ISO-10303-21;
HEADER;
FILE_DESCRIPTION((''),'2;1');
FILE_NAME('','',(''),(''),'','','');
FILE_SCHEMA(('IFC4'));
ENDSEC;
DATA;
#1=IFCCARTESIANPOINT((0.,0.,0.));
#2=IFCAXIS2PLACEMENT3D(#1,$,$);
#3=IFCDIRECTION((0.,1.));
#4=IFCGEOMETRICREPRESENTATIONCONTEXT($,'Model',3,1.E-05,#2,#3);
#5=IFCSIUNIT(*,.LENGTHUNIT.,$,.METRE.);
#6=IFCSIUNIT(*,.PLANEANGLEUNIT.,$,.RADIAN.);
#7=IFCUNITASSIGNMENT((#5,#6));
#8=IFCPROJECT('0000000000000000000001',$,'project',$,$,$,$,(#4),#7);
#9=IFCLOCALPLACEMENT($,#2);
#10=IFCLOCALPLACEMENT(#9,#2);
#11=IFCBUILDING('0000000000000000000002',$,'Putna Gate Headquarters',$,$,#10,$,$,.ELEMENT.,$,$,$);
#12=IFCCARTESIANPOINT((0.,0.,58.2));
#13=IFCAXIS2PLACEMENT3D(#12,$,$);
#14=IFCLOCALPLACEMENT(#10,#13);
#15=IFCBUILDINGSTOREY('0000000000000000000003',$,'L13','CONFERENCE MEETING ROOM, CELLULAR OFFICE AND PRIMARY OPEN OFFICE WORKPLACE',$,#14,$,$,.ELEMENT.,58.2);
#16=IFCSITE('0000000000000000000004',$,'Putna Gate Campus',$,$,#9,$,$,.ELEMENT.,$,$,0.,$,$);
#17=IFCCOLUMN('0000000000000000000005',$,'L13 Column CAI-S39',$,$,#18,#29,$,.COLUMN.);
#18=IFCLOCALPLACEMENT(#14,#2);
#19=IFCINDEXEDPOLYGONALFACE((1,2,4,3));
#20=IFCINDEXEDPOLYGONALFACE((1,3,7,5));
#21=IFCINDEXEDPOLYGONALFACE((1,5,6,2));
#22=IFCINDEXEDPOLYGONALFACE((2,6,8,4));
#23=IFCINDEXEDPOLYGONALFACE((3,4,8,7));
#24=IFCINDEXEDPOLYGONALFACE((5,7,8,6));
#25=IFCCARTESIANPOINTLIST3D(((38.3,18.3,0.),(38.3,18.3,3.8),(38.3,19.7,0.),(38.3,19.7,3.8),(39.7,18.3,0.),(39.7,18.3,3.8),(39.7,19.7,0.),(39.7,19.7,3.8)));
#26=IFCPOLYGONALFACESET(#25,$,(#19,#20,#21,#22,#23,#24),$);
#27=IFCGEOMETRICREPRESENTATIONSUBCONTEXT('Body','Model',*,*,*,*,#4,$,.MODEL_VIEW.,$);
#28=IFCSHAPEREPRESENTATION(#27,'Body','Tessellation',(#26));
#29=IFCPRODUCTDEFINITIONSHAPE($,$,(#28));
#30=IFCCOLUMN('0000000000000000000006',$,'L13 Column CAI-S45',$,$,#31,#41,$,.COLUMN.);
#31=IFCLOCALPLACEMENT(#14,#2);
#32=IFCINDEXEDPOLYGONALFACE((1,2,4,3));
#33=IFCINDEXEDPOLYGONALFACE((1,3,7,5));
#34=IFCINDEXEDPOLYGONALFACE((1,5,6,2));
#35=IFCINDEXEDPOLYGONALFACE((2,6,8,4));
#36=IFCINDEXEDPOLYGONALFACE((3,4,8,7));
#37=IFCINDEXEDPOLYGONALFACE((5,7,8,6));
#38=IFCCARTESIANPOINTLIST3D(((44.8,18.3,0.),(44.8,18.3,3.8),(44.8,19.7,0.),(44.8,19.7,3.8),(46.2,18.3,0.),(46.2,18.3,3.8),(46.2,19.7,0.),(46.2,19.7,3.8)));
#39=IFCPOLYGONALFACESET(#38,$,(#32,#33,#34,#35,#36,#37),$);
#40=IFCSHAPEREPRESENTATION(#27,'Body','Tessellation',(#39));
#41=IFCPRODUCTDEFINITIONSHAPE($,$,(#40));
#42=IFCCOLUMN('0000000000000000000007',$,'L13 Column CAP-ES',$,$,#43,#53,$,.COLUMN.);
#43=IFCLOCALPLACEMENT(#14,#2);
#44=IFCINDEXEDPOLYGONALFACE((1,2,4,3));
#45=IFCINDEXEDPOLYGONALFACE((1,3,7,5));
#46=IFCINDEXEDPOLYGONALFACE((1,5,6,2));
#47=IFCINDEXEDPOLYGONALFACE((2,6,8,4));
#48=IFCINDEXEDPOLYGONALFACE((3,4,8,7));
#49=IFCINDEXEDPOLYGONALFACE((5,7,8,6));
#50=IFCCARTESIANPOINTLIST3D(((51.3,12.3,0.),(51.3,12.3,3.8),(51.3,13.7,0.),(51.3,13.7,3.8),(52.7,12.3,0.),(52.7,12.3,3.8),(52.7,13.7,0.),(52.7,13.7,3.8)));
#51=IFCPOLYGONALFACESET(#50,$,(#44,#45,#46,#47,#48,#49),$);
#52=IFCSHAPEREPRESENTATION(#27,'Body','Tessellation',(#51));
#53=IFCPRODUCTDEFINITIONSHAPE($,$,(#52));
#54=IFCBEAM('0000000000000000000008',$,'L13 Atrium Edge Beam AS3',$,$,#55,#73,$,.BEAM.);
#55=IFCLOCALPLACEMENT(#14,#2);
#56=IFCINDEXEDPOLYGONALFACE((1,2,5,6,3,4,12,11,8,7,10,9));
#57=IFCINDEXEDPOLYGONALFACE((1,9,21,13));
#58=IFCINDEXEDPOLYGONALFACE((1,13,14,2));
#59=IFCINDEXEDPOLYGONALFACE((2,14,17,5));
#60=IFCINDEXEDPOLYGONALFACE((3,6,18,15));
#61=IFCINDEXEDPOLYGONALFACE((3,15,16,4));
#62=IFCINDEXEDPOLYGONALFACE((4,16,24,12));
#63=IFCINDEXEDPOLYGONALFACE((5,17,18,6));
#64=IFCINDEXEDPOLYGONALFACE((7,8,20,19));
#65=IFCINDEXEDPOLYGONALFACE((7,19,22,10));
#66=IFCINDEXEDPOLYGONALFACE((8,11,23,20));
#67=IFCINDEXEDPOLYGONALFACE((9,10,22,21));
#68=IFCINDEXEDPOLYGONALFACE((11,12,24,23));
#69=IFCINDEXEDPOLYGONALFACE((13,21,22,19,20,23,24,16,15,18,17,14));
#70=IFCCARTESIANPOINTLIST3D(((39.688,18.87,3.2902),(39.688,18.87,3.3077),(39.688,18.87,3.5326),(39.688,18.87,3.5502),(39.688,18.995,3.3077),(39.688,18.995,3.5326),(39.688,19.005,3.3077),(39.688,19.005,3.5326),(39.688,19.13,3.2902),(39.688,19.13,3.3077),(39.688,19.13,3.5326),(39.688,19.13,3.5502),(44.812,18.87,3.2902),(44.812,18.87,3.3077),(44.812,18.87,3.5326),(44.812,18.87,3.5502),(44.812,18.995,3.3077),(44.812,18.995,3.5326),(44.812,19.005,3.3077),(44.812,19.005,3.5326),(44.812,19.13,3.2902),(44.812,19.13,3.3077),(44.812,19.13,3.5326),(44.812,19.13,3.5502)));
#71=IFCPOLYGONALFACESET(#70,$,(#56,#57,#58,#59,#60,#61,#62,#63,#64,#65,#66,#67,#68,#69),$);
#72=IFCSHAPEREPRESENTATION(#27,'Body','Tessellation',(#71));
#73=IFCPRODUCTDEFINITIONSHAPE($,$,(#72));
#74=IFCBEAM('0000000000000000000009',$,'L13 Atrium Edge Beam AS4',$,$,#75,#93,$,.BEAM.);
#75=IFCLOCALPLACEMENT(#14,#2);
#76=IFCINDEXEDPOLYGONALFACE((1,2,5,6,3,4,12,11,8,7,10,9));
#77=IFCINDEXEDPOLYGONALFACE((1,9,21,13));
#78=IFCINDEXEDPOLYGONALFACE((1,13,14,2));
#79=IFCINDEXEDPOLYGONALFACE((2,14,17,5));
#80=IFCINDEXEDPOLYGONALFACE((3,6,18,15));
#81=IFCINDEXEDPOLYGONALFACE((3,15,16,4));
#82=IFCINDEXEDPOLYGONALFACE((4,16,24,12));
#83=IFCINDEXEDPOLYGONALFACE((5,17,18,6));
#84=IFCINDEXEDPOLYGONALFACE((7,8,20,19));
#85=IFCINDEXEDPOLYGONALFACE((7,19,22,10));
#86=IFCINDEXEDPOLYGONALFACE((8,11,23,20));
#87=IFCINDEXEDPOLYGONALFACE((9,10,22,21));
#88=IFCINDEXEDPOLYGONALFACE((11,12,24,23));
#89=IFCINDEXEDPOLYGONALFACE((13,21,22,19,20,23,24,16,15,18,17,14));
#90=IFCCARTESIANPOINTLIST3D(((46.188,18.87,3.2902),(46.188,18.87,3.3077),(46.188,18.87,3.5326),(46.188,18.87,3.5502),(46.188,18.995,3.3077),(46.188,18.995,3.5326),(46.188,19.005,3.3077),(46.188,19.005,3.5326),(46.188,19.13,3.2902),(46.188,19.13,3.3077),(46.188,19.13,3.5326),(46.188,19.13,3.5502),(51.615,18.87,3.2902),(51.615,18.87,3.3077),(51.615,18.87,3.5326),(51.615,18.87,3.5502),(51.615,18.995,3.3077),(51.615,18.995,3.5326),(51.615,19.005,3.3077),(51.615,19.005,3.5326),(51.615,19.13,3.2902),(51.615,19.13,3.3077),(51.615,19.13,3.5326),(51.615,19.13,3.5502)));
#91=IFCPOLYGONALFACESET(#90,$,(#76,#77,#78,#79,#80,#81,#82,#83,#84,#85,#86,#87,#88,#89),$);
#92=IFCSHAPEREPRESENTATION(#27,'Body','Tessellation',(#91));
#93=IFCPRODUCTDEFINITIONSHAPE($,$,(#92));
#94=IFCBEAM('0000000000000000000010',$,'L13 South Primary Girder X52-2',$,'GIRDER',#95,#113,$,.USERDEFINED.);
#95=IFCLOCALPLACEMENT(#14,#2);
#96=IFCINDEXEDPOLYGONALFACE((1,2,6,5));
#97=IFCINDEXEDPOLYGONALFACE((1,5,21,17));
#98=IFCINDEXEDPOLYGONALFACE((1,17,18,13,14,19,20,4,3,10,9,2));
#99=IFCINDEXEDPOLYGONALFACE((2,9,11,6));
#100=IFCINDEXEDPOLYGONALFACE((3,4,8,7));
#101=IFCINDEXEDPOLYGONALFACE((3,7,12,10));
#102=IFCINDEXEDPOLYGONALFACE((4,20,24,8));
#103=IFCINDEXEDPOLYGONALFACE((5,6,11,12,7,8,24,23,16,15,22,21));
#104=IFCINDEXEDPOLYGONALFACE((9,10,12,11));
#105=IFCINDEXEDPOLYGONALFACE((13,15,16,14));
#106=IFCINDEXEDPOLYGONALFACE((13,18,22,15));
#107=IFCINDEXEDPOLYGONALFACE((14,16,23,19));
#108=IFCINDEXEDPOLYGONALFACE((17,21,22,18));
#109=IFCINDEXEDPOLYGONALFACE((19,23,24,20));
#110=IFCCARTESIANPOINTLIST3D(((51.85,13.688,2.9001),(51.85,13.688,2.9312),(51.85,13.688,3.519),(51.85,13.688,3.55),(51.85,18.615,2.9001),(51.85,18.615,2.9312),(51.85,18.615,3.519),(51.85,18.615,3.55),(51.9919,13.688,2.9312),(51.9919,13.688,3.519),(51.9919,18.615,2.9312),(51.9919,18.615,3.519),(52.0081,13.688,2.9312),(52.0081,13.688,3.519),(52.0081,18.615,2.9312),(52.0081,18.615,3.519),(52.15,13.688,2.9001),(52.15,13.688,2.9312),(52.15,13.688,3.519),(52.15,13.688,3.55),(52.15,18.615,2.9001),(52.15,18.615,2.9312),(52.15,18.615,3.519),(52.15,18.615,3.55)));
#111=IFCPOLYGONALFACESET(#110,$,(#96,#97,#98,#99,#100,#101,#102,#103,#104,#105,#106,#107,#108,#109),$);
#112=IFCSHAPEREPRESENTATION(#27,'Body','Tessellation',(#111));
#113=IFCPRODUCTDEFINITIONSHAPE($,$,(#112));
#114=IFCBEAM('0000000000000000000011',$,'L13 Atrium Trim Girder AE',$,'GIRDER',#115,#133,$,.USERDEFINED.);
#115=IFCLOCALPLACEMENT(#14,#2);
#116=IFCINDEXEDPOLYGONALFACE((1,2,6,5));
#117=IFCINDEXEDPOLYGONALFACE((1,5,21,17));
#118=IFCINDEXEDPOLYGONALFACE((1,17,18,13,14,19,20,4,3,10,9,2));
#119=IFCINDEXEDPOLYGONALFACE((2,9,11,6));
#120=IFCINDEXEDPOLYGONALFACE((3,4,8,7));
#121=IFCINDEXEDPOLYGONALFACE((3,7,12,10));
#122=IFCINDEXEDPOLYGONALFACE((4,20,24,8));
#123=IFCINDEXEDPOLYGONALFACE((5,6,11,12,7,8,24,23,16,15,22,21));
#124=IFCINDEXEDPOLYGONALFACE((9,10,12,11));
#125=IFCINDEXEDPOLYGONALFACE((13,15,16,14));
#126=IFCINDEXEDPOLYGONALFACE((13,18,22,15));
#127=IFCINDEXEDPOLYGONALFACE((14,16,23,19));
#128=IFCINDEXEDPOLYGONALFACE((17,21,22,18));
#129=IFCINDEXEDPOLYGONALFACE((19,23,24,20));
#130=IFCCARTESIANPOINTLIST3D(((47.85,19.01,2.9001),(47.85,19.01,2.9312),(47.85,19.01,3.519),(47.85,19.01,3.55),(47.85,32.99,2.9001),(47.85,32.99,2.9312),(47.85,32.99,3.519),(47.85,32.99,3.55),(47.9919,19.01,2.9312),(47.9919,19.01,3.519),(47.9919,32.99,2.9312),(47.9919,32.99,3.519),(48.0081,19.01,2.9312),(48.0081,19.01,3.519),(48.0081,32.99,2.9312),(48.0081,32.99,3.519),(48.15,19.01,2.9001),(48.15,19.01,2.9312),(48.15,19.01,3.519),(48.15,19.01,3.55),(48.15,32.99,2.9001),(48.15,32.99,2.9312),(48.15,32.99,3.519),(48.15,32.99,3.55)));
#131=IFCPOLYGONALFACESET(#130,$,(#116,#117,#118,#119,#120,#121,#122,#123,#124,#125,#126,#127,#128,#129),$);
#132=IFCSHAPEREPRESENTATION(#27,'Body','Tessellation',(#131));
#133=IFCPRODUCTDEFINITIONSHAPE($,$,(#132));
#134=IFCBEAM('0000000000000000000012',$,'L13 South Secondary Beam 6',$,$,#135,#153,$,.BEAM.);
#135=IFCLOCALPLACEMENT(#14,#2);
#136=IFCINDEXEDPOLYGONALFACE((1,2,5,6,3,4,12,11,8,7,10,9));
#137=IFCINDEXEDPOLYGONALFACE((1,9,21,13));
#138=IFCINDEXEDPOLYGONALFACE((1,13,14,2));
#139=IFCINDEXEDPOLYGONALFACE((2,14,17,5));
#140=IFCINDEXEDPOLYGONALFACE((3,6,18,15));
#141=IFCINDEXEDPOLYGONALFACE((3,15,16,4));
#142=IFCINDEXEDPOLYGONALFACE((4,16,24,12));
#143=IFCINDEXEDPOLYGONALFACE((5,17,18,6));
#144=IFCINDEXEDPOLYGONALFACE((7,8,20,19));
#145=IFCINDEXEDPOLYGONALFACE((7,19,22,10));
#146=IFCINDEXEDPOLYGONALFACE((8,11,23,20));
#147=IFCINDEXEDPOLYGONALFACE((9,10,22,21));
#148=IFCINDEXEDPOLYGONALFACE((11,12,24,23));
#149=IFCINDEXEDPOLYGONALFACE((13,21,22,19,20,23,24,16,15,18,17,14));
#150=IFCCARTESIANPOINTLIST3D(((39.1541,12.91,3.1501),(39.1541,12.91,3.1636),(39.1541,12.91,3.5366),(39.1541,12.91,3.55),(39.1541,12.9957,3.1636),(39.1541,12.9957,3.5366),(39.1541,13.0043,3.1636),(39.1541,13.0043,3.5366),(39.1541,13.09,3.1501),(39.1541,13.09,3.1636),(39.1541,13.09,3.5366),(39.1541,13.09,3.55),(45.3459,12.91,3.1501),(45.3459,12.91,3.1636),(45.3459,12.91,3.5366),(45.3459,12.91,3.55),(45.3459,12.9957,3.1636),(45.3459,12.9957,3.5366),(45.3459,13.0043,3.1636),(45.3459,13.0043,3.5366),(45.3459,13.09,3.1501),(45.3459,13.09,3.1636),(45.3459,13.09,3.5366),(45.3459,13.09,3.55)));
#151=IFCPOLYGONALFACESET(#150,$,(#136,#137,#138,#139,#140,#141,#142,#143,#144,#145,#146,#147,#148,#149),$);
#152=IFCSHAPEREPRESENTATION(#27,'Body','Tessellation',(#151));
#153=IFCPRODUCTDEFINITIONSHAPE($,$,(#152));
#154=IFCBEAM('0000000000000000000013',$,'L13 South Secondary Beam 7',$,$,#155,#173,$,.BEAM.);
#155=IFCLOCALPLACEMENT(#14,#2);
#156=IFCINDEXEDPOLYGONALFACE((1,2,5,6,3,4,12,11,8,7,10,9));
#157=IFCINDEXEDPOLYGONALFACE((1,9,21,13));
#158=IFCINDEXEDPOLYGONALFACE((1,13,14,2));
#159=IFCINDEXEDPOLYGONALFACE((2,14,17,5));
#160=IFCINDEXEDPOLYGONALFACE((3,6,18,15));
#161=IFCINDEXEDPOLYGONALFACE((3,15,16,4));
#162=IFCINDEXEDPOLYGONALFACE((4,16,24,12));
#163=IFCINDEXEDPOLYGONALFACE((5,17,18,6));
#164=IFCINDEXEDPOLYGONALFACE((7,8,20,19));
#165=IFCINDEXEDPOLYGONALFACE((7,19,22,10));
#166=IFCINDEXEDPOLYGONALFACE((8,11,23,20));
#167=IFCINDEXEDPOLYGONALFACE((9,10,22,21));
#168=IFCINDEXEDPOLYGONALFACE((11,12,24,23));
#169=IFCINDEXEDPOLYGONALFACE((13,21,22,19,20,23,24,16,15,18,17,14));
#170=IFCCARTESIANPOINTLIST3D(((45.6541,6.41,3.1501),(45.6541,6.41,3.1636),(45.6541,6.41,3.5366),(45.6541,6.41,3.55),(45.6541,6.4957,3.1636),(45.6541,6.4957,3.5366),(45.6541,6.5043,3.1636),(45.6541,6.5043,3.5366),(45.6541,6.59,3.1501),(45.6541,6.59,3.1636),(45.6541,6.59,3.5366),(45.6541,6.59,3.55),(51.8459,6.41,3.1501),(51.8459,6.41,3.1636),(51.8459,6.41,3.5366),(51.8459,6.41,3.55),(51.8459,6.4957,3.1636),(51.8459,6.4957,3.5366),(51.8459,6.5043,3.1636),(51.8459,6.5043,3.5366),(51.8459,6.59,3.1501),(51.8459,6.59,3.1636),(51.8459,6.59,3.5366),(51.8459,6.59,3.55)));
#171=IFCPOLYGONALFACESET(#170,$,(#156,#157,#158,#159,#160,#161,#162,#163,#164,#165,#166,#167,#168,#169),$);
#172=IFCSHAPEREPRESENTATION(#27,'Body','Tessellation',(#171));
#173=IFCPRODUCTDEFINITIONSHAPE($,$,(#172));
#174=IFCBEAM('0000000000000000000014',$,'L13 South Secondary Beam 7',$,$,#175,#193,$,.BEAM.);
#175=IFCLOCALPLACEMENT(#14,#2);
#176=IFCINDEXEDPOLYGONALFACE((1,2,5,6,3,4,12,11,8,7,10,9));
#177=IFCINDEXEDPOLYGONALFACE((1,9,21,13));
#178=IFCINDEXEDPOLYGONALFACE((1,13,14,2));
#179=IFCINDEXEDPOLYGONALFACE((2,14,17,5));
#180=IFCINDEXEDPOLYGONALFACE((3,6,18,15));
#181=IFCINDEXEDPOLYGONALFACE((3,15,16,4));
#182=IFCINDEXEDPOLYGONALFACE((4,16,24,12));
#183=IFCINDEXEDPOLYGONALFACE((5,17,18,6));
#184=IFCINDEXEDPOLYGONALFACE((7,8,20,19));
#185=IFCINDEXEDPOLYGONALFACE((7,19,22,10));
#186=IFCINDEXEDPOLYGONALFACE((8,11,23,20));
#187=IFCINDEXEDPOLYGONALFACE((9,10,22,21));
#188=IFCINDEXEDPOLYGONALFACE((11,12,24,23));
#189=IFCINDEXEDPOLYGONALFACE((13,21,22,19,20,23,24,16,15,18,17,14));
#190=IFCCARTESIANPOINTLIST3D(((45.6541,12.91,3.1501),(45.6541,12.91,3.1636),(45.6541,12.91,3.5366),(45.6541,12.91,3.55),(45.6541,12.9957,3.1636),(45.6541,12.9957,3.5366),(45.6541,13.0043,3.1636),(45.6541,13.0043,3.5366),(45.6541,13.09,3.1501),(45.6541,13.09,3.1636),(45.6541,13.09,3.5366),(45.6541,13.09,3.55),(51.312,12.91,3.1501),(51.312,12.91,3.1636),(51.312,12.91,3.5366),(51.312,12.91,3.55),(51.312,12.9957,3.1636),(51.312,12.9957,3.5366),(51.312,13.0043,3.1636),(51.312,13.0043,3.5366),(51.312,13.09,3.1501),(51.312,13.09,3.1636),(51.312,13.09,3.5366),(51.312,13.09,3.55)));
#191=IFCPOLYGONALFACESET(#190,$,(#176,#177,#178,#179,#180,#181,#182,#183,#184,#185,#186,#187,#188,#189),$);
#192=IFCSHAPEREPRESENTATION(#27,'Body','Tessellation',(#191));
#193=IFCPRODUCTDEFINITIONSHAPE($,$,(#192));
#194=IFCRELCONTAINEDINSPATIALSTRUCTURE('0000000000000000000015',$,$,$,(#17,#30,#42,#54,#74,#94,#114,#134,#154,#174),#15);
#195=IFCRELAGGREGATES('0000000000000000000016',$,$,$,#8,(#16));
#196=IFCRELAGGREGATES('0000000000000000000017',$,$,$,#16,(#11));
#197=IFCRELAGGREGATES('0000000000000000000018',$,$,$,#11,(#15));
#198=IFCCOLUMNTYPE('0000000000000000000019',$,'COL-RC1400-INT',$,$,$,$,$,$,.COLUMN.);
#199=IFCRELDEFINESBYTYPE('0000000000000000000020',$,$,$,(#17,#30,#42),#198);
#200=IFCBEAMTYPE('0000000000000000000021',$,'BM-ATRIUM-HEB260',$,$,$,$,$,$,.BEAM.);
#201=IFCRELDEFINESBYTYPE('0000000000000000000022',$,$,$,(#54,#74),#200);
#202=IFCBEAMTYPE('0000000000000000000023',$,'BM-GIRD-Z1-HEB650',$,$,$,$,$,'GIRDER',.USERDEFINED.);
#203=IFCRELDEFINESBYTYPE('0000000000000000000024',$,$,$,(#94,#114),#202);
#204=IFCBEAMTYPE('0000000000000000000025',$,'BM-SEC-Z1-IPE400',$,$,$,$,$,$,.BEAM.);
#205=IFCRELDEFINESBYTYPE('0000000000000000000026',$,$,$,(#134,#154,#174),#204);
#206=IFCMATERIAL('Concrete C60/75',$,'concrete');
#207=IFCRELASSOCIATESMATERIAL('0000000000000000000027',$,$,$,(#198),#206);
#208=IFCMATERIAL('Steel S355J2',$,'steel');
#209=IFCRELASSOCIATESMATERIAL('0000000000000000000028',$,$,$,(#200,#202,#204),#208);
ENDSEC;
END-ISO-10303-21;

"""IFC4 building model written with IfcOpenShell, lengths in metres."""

from ifc_helpers import new_model, si_unit, direction, frame, origin, origin_2d, place, context, subcontext, project, spatial, rectangle, i_section, extrude, material, material_profile, profile_set, type_object, element, save


model = new_model("IFC4")

# Units and contexts
model_context = context("Model", 3, precision=1e-05, world=origin(), true_north=direction((0.0, 1.0)))
body_context = subcontext(model_context, "Body", "Model", "MODEL_VIEW")
ifc_project = project(units=[si_unit("LENGTHUNIT", "METRE"), si_unit("PLANEANGLEUNIT", "RADIAN")], contexts=[model_context])

# Site, building, storey
site_placement = place(None, origin())
site = spatial("IfcSite", under=ifc_project, at=site_placement, Name="Putna Gate Campus", CompositionType="ELEMENT", RefElevation=0.0)
building_placement = place(site_placement, origin())
building = spatial("IfcBuilding", under=site, at=building_placement, Name="Putna Gate Headquarters", CompositionType="ELEMENT")
storey_placement = place(building_placement, frame((0.0, 0.0, 58.2)))
storey = spatial("IfcBuildingStorey", under=building, at=storey_placement, Name="L13", Description="CONFERENCE MEETING ROOM, CELLULAR OFFICE AND PRIMARY OPEN OFFICE WORKPLACE", CompositionType="ELEMENT", Elevation=58.2)

# Columns
ifc_material_1 = material(Name="Concrete C60/75", Category="concrete")
ifc_material_profile_1 = material_profile(ifc_material_1, rectangle(XDim=1.3999, YDim=1.3999, at=origin_2d()), Name="Concrete C60/75")
ifc_profile_set_1 = profile_set([ifc_material_profile_1], Name="Concrete C60/75")
column_type = type_object("IfcColumnType", Name="COL-RC1400-INT", PredefinedType="COLUMN", material=ifc_profile_set_1)
for number, where, z_axis, x_axis, name in (
    (1, (39.0, 19.0, 0.0), (0.0, 0.0, 1.0), (1.0, 0.0, 0.0), "L13 Column CAI-S39"),
    (2, (45.5, 19.0, 0.0), (0.0, 0.0, 1.0), (1.0, 0.0, 0.0), "L13 Column CAI-S45"),
    (3, (52.0, 13.0, 0.0), (0.0, 0.0, 1.0), (1.0, 0.0, 0.0), "L13 Column CAP-ES"),
):
    element("IfcColumn", number, at=place(storey_placement, frame(where, z_axis=z_axis, x_axis=x_axis)), inside=storey, type_object=column_type, Name=name, PredefinedType="COLUMN", context=body_context, shape_type="SweptSolid", body=[
        extrude(rectangle(XDim=1.3999, YDim=1.3999, at=origin_2d()), origin(), (0.0, 0.0, 1.0), 3.8),
    ])

# Beams
ifc_material_2 = material(Name="Steel S355J2", Category="steel")
ifc_material_profile_2 = material_profile(ifc_material_2, i_section(OverallWidth=0.26, OverallDepth=0.26, WebThickness=0.01, FlangeThickness=0.0176, at=origin_2d()), Name="Steel S355J2")
ifc_profile_set_2 = profile_set([ifc_material_profile_2], Name="Steel S355J2")
beam_type_1 = type_object("IfcBeamType", Name="BM-ATRIUM-HEB260", PredefinedType="BEAM", material=ifc_profile_set_2)
beam_1_placement = place(storey_placement, frame((39.688, 19.0, 3.4202), z_axis=(1.0, 0.0, 0.0), x_axis=(0.0, 1.0, 0.0)))
element("IfcBeam", 4, at=beam_1_placement, inside=storey, type_object=beam_type_1, Name="L13 Atrium Edge Beam AS3", PredefinedType="BEAM", context=body_context, shape_type="SweptSolid", body=[
    extrude(i_section(OverallWidth=0.26, OverallDepth=0.26, WebThickness=0.01, FlangeThickness=0.0176, at=origin_2d()), origin(), (0.0, 0.0, 1.0), 5.124),
])
beam_2_placement = place(storey_placement, frame((46.188, 19.0, 3.4202), z_axis=(1.0, 0.0, 0.0), x_axis=(0.0, 1.0, 0.0)))
element("IfcBeam", 5, at=beam_2_placement, inside=storey, type_object=beam_type_1, Name="L13 Atrium Edge Beam AS4", PredefinedType="BEAM", context=body_context, shape_type="SweptSolid", body=[
    extrude(i_section(OverallWidth=0.26, OverallDepth=0.26, WebThickness=0.01, FlangeThickness=0.0176, at=origin_2d()), origin(), (0.0, 0.0, 1.0), 5.427),
])
ifc_material_profile_3 = material_profile(ifc_material_2, i_section(OverallWidth=0.3, OverallDepth=0.6499, WebThickness=0.0161, FlangeThickness=0.031, at=origin_2d()), Name="Steel S355J2")
ifc_profile_set_3 = profile_set([ifc_material_profile_3], Name="Steel S355J2")
beam_type_2 = type_object("IfcBeamType", Name="BM-GIRD-Z1-HEB650", ElementType="GIRDER", PredefinedType="USERDEFINED", material=ifc_profile_set_3)
beam_3_placement = place(storey_placement, frame((52.0, 13.688, 3.2251), z_axis=(0.0, 1.0, 0.0), x_axis=(-1.0, 0.0, 0.0)))
element("IfcBeam", 6, at=beam_3_placement, inside=storey, type_object=beam_type_2, Name="L13 South Primary Girder X52-2", ObjectType="GIRDER", PredefinedType="USERDEFINED", context=body_context, shape_type="SweptSolid", body=[
    extrude(i_section(OverallWidth=0.3, OverallDepth=0.6499, WebThickness=0.0161, FlangeThickness=0.031, at=origin_2d()), origin(), (0.0, 0.0, 1.0), 4.927),
])
beam_4_placement = place(storey_placement, frame((48.0, 19.01, 3.2251), z_axis=(0.0, 1.0, 0.0), x_axis=(-1.0, 0.0, 0.0)))
element("IfcBeam", 7, at=beam_4_placement, inside=storey, type_object=beam_type_2, Name="L13 Atrium Trim Girder AE", ObjectType="GIRDER", PredefinedType="USERDEFINED", context=body_context, shape_type="SweptSolid", body=[
    extrude(i_section(OverallWidth=0.3, OverallDepth=0.6499, WebThickness=0.0161, FlangeThickness=0.031, at=origin_2d()), origin(), (0.0, 0.0, 1.0), 13.98),
])
ifc_material_profile_4 = material_profile(ifc_material_2, i_section(OverallWidth=0.1799, OverallDepth=0.3999, WebThickness=0.0085, FlangeThickness=0.0134, at=origin_2d()), Name="Steel S355J2")
ifc_profile_set_4 = profile_set([ifc_material_profile_4], Name="Steel S355J2")
beam_type_3 = type_object("IfcBeamType", Name="BM-SEC-Z1-IPE400", PredefinedType="BEAM", material=ifc_profile_set_4)
for number, where, z_axis, x_axis, name in (
    (8, (39.1541, 13.0, 3.3501), (1.0, 0.0, 0.0), (0.0, 1.0, 0.0), "L13 South Secondary Beam 6"),
    (9, (45.6541, 6.5, 3.3501), (1.0, 0.0, 0.0), (0.0, 1.0, 0.0), "L13 South Secondary Beam 7"),
):
    element("IfcBeam", number, at=place(storey_placement, frame(where, z_axis=z_axis, x_axis=x_axis)), inside=storey, type_object=beam_type_3, Name=name, PredefinedType="BEAM", context=body_context, shape_type="SweptSolid", body=[
        extrude(i_section(OverallWidth=0.1799, OverallDepth=0.3999, WebThickness=0.0085, FlangeThickness=0.0134, at=origin_2d()), origin(), (0.0, 0.0, 1.0), 6.1919),
    ])
beam_5_placement = place(storey_placement, frame((45.6541, 13.0, 3.3501), z_axis=(1.0, 0.0, 0.0), x_axis=(0.0, 1.0, 0.0)))
element("IfcBeam", 10, at=beam_5_placement, inside=storey, type_object=beam_type_3, Name="L13 South Secondary Beam 7", PredefinedType="BEAM", context=body_context, shape_type="SweptSolid", body=[
    extrude(i_section(OverallWidth=0.1799, OverallDepth=0.3999, WebThickness=0.0085, FlangeThickness=0.0134, at=origin_2d()), origin(), (0.0, 0.0, 1.0), 5.658),
])

save(model, "model.ifc")
